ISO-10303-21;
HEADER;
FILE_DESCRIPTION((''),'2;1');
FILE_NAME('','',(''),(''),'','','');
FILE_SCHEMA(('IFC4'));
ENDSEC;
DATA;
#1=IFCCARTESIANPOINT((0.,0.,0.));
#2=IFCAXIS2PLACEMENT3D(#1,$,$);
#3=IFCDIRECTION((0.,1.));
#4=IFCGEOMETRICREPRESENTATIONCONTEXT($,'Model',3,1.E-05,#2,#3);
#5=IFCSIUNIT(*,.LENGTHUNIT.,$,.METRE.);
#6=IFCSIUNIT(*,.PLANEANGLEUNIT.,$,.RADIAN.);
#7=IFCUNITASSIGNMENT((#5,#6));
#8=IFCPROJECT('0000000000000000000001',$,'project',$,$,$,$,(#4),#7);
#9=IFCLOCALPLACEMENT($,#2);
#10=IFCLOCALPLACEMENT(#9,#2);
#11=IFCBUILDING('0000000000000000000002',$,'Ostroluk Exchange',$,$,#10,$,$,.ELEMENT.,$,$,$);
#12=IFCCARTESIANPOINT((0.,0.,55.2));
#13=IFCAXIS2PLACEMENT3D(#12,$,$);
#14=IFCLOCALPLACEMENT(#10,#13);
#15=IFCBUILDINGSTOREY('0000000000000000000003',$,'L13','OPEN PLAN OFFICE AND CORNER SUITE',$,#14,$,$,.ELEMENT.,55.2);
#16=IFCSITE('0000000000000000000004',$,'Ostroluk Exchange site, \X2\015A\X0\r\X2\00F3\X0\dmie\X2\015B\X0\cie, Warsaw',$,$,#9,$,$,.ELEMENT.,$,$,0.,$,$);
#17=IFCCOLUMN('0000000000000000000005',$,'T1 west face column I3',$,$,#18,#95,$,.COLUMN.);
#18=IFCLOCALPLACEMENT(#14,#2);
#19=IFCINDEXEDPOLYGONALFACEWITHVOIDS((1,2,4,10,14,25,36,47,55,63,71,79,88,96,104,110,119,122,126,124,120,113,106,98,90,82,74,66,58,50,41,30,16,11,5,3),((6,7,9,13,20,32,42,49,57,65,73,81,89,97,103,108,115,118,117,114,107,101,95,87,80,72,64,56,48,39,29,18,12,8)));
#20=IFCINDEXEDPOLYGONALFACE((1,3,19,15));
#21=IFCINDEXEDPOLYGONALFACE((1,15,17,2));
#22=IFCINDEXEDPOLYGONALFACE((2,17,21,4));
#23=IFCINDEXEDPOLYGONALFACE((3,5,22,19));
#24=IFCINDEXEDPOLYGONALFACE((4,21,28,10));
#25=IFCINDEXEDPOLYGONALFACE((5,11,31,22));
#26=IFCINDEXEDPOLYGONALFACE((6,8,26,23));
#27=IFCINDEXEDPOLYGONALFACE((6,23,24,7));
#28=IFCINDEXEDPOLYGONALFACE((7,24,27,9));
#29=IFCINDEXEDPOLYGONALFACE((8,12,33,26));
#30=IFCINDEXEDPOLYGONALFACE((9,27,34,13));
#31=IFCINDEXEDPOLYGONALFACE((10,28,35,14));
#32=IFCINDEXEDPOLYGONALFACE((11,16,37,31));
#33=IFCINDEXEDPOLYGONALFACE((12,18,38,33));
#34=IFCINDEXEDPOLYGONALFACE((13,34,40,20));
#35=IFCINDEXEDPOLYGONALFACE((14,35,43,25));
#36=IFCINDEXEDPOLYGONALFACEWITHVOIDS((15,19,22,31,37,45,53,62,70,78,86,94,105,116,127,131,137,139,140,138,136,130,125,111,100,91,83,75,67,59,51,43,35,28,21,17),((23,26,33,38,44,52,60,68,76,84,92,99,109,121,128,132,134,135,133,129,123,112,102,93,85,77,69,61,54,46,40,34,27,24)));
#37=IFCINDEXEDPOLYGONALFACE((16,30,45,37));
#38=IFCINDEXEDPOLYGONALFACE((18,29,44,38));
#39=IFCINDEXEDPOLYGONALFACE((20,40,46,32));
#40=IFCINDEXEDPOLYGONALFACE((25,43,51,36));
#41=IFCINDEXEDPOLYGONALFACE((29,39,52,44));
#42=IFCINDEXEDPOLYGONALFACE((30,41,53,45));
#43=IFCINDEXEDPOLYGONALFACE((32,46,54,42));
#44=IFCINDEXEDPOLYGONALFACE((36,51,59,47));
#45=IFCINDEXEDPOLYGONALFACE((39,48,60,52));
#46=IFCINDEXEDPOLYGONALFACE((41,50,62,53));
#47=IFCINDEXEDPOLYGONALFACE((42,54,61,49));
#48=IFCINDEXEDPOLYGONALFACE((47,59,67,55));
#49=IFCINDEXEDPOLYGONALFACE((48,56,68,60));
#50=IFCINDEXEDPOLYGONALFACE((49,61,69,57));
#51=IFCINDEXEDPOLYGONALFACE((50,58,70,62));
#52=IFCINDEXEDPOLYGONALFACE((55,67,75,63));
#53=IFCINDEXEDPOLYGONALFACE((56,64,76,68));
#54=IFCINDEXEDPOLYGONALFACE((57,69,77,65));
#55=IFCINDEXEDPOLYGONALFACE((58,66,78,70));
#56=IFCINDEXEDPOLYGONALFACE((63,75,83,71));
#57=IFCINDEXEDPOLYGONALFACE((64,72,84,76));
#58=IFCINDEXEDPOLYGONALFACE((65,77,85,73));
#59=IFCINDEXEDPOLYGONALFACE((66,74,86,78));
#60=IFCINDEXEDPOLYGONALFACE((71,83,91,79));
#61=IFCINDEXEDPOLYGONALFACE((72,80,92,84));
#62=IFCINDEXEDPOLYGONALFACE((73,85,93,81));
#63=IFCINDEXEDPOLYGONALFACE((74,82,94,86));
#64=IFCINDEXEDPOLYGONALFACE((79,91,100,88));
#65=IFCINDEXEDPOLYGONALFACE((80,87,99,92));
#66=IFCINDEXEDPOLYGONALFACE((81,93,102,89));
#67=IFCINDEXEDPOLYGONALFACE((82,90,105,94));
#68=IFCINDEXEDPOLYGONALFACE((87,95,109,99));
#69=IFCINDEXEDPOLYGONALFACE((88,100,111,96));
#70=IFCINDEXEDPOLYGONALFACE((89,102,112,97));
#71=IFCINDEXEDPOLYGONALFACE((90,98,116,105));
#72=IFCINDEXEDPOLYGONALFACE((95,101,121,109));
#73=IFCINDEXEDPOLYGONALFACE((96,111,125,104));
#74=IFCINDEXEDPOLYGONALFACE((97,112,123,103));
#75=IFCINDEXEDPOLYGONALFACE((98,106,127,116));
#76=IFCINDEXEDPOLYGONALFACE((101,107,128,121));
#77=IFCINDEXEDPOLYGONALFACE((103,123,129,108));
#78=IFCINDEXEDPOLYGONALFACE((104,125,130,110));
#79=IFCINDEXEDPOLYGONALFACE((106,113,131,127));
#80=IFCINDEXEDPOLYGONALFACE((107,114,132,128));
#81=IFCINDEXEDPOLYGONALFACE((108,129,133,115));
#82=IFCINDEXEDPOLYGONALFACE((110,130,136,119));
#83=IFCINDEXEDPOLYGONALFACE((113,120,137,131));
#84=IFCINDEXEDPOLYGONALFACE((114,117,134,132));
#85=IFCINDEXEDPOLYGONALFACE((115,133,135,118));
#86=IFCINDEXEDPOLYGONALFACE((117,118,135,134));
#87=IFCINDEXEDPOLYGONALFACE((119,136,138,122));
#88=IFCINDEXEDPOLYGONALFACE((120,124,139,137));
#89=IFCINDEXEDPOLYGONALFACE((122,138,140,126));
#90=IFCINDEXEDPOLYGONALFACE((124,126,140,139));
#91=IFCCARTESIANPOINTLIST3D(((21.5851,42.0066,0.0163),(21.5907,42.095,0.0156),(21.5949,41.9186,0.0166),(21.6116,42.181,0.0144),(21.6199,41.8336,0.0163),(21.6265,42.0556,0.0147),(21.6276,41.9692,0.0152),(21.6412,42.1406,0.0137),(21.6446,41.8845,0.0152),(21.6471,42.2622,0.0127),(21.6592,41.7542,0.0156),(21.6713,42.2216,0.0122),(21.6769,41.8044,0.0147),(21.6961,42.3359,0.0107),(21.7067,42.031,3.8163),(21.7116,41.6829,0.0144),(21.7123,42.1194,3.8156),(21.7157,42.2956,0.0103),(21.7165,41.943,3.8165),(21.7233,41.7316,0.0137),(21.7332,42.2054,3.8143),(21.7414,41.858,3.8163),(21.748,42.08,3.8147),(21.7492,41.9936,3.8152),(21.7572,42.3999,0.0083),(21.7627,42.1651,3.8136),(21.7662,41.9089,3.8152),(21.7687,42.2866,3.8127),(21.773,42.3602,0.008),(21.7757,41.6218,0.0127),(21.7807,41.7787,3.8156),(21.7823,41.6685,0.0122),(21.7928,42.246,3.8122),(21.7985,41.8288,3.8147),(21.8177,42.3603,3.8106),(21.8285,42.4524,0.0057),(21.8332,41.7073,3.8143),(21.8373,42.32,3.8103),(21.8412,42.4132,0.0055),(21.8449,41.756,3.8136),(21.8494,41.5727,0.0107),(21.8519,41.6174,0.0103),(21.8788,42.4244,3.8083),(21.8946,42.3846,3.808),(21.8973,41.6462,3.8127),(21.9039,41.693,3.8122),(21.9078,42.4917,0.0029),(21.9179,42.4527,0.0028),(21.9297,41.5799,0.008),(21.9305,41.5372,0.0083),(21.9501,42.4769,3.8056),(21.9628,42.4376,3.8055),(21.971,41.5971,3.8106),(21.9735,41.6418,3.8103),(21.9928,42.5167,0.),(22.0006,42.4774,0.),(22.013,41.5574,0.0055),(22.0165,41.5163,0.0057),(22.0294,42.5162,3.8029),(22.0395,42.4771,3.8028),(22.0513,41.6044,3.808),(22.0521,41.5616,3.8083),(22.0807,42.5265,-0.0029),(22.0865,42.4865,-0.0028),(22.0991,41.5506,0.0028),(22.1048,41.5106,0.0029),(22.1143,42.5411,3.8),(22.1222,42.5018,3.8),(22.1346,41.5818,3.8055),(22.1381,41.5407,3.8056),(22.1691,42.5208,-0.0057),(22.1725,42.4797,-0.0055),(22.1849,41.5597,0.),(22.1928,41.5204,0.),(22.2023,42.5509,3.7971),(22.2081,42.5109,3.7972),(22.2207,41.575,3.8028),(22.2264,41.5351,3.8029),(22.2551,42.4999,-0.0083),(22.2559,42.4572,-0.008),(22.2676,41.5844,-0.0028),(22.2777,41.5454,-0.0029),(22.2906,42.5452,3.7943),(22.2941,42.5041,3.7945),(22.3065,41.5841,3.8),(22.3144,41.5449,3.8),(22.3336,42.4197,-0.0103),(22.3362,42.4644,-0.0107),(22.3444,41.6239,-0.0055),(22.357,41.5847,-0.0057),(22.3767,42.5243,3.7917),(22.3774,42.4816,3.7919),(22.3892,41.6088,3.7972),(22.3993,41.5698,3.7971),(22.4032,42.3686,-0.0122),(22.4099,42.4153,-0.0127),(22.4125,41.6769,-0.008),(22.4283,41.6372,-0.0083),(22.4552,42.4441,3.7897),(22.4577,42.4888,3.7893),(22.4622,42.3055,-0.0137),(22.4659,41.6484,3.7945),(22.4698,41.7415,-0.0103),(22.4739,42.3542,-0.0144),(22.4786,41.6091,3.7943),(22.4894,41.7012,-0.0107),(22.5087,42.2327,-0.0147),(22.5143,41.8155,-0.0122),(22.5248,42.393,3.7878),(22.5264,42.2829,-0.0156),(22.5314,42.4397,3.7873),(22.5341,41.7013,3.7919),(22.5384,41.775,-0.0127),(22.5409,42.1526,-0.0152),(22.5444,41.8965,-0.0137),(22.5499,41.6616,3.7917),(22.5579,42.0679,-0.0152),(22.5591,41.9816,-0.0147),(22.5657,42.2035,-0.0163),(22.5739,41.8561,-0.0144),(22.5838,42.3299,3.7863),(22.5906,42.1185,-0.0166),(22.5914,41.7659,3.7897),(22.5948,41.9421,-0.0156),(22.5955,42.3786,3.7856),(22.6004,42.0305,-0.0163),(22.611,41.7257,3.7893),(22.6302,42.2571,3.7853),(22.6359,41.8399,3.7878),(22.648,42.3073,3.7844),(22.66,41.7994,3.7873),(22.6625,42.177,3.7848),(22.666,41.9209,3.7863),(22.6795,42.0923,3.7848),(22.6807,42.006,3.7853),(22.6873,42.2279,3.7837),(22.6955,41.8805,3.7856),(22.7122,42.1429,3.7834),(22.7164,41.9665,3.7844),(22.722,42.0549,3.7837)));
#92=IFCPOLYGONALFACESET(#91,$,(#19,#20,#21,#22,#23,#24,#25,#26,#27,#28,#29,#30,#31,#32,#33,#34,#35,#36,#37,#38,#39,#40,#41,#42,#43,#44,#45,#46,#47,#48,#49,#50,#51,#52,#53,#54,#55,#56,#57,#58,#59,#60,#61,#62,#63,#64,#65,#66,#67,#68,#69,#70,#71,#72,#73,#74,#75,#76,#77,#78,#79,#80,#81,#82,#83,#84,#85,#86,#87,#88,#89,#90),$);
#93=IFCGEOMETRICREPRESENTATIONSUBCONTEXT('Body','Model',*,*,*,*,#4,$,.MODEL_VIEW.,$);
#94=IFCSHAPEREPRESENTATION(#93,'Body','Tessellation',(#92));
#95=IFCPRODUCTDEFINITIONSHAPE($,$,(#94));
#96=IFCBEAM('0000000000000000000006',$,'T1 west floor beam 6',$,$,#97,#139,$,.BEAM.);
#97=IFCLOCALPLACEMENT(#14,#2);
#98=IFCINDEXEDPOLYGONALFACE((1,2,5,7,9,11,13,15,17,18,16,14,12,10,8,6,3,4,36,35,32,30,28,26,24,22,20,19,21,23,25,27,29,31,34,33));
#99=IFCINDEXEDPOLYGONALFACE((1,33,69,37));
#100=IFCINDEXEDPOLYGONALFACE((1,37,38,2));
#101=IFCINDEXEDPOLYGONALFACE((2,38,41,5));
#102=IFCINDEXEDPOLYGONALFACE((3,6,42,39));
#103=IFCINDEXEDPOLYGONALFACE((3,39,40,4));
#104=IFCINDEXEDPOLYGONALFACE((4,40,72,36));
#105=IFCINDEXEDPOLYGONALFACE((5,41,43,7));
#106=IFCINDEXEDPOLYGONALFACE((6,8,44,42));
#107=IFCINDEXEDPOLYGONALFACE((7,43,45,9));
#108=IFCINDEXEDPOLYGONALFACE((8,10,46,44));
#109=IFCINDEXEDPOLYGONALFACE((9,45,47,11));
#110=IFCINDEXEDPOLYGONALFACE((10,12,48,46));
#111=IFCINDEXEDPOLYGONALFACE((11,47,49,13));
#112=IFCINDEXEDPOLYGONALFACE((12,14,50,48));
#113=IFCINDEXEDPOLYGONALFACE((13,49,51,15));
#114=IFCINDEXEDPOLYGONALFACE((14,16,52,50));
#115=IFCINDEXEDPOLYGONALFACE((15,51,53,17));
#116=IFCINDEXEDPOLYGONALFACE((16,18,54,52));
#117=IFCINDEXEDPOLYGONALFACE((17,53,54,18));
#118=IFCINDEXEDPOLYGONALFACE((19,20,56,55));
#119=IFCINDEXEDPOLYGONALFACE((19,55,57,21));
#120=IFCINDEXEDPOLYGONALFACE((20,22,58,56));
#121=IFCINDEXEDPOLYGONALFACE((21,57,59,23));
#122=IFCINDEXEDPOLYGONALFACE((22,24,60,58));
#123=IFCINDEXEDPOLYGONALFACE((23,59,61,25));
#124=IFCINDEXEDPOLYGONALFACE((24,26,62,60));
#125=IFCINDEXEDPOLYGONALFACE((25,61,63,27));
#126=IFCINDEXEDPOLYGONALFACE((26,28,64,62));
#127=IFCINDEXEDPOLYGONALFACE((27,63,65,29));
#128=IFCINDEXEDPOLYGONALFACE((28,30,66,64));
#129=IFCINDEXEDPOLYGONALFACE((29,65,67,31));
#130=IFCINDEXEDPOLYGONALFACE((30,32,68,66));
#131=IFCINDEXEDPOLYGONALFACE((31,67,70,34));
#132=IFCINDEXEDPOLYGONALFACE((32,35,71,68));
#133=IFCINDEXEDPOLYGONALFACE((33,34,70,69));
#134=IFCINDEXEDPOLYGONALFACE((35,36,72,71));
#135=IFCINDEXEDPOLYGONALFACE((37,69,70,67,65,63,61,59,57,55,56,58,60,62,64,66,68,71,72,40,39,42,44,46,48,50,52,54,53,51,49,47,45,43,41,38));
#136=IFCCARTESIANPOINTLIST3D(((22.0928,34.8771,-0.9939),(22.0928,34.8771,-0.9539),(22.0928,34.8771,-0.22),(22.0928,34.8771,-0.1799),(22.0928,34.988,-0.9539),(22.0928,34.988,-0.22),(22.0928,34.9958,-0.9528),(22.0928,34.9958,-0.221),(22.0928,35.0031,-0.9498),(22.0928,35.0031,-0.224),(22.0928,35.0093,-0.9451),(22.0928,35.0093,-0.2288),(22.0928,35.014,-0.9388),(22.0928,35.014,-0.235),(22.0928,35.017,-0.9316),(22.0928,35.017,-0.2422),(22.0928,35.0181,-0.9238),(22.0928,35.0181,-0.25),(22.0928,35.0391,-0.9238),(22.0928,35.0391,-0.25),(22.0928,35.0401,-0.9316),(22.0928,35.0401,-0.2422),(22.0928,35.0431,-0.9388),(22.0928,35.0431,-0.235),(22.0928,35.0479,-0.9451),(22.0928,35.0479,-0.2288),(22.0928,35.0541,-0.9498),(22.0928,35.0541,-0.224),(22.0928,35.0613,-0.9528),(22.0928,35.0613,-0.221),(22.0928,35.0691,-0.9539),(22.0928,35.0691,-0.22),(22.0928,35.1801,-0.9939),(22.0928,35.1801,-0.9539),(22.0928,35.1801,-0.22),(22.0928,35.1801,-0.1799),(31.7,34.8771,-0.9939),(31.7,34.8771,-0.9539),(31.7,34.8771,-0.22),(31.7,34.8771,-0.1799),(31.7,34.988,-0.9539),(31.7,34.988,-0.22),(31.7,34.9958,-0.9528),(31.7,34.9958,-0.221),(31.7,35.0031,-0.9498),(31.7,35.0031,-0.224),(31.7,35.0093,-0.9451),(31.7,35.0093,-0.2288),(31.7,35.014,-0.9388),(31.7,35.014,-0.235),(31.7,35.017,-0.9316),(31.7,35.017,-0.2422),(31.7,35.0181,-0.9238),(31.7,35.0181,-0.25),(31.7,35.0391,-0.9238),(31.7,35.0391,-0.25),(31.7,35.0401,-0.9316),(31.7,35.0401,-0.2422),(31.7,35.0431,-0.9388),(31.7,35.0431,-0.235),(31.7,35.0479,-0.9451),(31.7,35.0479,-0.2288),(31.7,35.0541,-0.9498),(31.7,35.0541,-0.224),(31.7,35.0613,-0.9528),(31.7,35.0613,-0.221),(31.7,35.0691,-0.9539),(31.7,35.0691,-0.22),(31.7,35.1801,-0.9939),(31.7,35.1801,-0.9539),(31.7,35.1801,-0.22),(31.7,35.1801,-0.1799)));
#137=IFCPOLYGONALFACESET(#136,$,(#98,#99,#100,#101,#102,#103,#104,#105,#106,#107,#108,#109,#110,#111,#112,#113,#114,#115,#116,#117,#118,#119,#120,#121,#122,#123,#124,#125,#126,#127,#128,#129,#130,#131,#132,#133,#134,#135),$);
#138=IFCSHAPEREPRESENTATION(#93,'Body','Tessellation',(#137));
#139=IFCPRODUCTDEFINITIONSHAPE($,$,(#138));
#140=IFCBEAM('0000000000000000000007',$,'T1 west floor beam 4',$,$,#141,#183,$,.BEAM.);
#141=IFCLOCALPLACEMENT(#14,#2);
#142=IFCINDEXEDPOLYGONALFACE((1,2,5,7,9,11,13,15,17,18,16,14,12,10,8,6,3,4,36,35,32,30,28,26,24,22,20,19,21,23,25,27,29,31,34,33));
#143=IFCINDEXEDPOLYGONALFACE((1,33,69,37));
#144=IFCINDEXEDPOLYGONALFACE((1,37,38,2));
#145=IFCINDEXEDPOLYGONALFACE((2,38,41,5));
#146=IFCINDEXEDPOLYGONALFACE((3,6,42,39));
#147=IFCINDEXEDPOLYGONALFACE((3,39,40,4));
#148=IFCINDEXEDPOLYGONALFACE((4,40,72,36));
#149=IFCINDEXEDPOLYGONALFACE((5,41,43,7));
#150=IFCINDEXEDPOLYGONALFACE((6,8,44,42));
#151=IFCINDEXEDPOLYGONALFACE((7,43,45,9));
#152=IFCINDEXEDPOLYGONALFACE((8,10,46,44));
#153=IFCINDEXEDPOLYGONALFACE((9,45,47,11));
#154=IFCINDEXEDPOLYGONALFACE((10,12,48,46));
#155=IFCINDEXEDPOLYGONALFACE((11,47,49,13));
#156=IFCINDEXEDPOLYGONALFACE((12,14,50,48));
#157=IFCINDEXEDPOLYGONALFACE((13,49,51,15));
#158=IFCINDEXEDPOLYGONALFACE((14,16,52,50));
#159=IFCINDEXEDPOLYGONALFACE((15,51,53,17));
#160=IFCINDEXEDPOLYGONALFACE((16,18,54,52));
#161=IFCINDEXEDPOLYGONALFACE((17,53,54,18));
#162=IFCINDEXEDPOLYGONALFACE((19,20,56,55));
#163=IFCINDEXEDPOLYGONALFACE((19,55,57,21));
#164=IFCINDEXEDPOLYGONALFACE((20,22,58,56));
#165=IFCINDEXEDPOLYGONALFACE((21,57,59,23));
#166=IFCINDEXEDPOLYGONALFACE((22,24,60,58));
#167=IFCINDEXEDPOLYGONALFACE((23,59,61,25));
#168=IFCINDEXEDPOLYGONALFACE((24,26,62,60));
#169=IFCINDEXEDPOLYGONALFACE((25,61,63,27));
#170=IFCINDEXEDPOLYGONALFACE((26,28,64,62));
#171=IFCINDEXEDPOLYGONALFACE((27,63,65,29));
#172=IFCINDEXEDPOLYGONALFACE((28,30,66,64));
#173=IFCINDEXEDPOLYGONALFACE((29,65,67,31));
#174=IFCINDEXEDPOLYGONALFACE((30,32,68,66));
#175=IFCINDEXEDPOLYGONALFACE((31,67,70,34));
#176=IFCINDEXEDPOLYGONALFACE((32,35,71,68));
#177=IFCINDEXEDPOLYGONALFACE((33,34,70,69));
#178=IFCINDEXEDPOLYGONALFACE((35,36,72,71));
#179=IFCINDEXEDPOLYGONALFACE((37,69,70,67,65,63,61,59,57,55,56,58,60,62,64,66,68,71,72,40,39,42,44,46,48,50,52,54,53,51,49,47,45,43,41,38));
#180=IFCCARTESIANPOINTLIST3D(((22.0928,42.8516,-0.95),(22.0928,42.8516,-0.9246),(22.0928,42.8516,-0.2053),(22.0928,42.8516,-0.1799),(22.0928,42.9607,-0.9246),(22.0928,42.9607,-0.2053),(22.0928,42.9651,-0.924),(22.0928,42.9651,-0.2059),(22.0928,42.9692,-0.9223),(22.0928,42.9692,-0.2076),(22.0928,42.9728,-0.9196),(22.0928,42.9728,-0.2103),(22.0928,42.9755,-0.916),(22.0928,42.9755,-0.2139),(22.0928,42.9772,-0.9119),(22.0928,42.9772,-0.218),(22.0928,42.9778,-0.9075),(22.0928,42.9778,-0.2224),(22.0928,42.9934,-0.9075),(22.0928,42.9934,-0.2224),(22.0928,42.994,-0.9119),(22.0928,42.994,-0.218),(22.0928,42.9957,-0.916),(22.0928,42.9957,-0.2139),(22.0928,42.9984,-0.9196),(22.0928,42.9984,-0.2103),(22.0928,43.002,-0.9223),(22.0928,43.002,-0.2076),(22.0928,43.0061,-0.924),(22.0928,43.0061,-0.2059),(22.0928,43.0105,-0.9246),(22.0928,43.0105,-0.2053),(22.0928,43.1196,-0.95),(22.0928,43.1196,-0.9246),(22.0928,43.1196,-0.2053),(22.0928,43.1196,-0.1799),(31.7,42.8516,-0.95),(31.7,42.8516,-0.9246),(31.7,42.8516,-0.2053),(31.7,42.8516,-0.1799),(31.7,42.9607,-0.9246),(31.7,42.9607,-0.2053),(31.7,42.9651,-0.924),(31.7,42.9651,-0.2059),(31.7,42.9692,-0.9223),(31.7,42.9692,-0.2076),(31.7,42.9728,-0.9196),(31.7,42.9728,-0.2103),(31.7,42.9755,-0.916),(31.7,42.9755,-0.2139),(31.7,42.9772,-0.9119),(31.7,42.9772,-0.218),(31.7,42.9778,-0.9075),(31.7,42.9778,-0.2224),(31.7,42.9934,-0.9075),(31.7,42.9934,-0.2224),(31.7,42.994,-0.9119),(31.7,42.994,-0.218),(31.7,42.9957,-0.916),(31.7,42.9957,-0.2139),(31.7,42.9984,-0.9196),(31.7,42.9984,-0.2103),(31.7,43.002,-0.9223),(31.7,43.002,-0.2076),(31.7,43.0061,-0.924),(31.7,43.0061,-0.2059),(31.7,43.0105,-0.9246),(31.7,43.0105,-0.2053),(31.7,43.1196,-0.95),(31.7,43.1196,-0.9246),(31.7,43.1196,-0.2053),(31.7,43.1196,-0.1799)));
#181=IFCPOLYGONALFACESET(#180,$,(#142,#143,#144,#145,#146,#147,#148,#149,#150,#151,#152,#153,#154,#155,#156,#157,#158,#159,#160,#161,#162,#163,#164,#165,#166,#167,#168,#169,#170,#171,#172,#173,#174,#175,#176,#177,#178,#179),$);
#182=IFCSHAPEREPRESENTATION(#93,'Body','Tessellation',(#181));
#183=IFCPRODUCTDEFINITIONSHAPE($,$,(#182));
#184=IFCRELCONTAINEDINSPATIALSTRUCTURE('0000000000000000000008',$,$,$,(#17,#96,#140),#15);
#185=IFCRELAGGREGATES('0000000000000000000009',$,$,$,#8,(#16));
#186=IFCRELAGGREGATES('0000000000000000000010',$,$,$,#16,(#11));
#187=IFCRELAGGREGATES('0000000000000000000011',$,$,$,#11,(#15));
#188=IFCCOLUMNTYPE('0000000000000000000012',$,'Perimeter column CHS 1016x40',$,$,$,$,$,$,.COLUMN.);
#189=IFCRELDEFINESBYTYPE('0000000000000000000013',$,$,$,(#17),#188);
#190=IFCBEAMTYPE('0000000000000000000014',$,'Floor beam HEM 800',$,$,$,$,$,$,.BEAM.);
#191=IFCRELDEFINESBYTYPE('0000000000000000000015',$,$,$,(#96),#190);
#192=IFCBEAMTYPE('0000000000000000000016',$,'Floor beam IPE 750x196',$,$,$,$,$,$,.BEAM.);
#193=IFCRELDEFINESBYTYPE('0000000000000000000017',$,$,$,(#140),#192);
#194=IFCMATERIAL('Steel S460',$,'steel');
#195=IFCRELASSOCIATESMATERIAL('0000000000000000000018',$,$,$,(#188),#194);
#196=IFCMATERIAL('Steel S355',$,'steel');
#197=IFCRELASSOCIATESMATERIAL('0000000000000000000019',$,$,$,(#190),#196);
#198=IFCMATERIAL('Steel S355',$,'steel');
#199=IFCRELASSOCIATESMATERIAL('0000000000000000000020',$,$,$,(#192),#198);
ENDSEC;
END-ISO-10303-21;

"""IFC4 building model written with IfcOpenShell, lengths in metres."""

from ifc_helpers import new_model, si_unit, direction, frame, origin, origin_2d, place, context, subcontext, project, spatial, hollow_circle, i_section, extrude, material, material_profile, profile_set, type_object, element, save


model = new_model("IFC4")

# Units and contexts
model_context = context("Model", 3, precision=1e-05, world=origin(), true_north=direction((0.0, 1.0)))
body_context = subcontext(model_context, "Body", "Model", "MODEL_VIEW")
ifc_project = project(units=[si_unit("LENGTHUNIT", "METRE"), si_unit("PLANEANGLEUNIT", "RADIAN")], contexts=[model_context])

# Site, building, storey
site_placement = place(None, origin())
site = spatial("IfcSite", under=ifc_project, at=site_placement, Name="Ostroluk Exchange site, Śródmieście, Warsaw", CompositionType="ELEMENT", RefElevation=0.0)
building_placement = place(site_placement, origin())
building = spatial("IfcBuilding", under=site, at=building_placement, Name="Ostroluk Exchange", CompositionType="ELEMENT")
storey_placement = place(building_placement, frame((0.0, 0.0, 55.2)))
storey = spatial("IfcBuildingStorey", under=building, at=storey_placement, Name="L13", Description="OPEN PLAN OFFICE AND CORNER SUITE", CompositionType="ELEMENT", Elevation=55.2)

# Column
ifc_material_1 = material(Name="Steel S460", Category="steel")
ifc_material_profile_1 = material_profile(ifc_material_1, hollow_circle(Radius=0.5081, WallThickness=0.04, at=origin_2d()), Name="CHS 1016x40")
ifc_profile_set_1 = profile_set([ifc_material_profile_1], Name="Steel S460")
column_type = type_object("IfcColumnType", Name="Perimeter column CHS 1016x40", PredefinedType="COLUMN", material=ifc_profile_set_1)
column_placement = place(storey_placement, frame((22.0928, 42.0186, 0.0), z_axis=(0.031978, 0.006421, 0.999468), x_axis=(-0.196873, 0.980429, 0.0)))
element("IfcColumn", 1, at=column_placement, inside=storey, type_object=column_type, Name="T1 west face column I3", PredefinedType="COLUMN", context=body_context, shape_type="SweptSolid", body=[
    extrude(hollow_circle(Radius=0.5081, WallThickness=0.04, at=origin_2d()), origin(), (0.0, 0.0, 1.0), 3.802),
])

# Beams
ifc_material_2 = material(Name="Steel S355", Category="steel")
ifc_material_profile_2 = material_profile(ifc_material_2, i_section(OverallWidth=0.303, OverallDepth=0.814, WebThickness=0.021, FlangeThickness=0.04, FilletRadius=0.03, at=origin_2d()), Name="HEM 800")
ifc_profile_set_2 = profile_set([ifc_material_profile_2], Name="Steel S355")
beam_type_1 = type_object("IfcBeamType", Name="Floor beam HEM 800", PredefinedType="BEAM", material=ifc_profile_set_2)
beam_1_placement = place(storey_placement, frame((31.7, 35.0286, -0.5869), z_axis=(-1.0, 0.0, 0.0), x_axis=(0.0, -1.0, 0.0)))
element("IfcBeam", 2, at=beam_1_placement, inside=storey, type_object=beam_type_1, Name="T1 west floor beam 6", PredefinedType="BEAM", context=body_context, shape_type="SweptSolid", body=[
    extrude(i_section(OverallWidth=0.303, OverallDepth=0.814, WebThickness=0.021, FlangeThickness=0.04, FilletRadius=0.03, at=origin_2d()), origin(), (0.0, 0.0, 1.0), 9.6072),
])
ifc_material_3 = material(Name="Steel S355", Category="steel")
ifc_material_profile_3 = material_profile(ifc_material_3, i_section(OverallWidth=0.2681, OverallDepth=0.77, WebThickness=0.0156, FlangeThickness=0.0254, FilletRadius=0.0171, at=origin_2d()), Name="IPE 750x196")
ifc_profile_set_3 = profile_set([ifc_material_profile_3], Name="Steel S355")
beam_type_2 = type_object("IfcBeamType", Name="Floor beam IPE 750x196", PredefinedType="BEAM", material=ifc_profile_set_3)
for number, where, z_axis, x_axis, name in (
    (3, (31.7, 42.9856, -0.5649), (-1.0, 0.0, 0.0), (0.0, -1.0, 0.0), "T1 west floor beam 4"),
):
    element("IfcBeam", number, at=place(storey_placement, frame(where, z_axis=z_axis, x_axis=x_axis)), inside=storey, type_object=beam_type_2, Name=name, PredefinedType="BEAM", context=body_context, shape_type="SweptSolid", body=[
        extrude(i_section(OverallWidth=0.2681, OverallDepth=0.77, WebThickness=0.0156, FlangeThickness=0.0254, FilletRadius=0.0171, at=origin_2d()), origin(), (0.0, 0.0, 1.0), 9.6072),
    ])

save(model, "model.ifc")
